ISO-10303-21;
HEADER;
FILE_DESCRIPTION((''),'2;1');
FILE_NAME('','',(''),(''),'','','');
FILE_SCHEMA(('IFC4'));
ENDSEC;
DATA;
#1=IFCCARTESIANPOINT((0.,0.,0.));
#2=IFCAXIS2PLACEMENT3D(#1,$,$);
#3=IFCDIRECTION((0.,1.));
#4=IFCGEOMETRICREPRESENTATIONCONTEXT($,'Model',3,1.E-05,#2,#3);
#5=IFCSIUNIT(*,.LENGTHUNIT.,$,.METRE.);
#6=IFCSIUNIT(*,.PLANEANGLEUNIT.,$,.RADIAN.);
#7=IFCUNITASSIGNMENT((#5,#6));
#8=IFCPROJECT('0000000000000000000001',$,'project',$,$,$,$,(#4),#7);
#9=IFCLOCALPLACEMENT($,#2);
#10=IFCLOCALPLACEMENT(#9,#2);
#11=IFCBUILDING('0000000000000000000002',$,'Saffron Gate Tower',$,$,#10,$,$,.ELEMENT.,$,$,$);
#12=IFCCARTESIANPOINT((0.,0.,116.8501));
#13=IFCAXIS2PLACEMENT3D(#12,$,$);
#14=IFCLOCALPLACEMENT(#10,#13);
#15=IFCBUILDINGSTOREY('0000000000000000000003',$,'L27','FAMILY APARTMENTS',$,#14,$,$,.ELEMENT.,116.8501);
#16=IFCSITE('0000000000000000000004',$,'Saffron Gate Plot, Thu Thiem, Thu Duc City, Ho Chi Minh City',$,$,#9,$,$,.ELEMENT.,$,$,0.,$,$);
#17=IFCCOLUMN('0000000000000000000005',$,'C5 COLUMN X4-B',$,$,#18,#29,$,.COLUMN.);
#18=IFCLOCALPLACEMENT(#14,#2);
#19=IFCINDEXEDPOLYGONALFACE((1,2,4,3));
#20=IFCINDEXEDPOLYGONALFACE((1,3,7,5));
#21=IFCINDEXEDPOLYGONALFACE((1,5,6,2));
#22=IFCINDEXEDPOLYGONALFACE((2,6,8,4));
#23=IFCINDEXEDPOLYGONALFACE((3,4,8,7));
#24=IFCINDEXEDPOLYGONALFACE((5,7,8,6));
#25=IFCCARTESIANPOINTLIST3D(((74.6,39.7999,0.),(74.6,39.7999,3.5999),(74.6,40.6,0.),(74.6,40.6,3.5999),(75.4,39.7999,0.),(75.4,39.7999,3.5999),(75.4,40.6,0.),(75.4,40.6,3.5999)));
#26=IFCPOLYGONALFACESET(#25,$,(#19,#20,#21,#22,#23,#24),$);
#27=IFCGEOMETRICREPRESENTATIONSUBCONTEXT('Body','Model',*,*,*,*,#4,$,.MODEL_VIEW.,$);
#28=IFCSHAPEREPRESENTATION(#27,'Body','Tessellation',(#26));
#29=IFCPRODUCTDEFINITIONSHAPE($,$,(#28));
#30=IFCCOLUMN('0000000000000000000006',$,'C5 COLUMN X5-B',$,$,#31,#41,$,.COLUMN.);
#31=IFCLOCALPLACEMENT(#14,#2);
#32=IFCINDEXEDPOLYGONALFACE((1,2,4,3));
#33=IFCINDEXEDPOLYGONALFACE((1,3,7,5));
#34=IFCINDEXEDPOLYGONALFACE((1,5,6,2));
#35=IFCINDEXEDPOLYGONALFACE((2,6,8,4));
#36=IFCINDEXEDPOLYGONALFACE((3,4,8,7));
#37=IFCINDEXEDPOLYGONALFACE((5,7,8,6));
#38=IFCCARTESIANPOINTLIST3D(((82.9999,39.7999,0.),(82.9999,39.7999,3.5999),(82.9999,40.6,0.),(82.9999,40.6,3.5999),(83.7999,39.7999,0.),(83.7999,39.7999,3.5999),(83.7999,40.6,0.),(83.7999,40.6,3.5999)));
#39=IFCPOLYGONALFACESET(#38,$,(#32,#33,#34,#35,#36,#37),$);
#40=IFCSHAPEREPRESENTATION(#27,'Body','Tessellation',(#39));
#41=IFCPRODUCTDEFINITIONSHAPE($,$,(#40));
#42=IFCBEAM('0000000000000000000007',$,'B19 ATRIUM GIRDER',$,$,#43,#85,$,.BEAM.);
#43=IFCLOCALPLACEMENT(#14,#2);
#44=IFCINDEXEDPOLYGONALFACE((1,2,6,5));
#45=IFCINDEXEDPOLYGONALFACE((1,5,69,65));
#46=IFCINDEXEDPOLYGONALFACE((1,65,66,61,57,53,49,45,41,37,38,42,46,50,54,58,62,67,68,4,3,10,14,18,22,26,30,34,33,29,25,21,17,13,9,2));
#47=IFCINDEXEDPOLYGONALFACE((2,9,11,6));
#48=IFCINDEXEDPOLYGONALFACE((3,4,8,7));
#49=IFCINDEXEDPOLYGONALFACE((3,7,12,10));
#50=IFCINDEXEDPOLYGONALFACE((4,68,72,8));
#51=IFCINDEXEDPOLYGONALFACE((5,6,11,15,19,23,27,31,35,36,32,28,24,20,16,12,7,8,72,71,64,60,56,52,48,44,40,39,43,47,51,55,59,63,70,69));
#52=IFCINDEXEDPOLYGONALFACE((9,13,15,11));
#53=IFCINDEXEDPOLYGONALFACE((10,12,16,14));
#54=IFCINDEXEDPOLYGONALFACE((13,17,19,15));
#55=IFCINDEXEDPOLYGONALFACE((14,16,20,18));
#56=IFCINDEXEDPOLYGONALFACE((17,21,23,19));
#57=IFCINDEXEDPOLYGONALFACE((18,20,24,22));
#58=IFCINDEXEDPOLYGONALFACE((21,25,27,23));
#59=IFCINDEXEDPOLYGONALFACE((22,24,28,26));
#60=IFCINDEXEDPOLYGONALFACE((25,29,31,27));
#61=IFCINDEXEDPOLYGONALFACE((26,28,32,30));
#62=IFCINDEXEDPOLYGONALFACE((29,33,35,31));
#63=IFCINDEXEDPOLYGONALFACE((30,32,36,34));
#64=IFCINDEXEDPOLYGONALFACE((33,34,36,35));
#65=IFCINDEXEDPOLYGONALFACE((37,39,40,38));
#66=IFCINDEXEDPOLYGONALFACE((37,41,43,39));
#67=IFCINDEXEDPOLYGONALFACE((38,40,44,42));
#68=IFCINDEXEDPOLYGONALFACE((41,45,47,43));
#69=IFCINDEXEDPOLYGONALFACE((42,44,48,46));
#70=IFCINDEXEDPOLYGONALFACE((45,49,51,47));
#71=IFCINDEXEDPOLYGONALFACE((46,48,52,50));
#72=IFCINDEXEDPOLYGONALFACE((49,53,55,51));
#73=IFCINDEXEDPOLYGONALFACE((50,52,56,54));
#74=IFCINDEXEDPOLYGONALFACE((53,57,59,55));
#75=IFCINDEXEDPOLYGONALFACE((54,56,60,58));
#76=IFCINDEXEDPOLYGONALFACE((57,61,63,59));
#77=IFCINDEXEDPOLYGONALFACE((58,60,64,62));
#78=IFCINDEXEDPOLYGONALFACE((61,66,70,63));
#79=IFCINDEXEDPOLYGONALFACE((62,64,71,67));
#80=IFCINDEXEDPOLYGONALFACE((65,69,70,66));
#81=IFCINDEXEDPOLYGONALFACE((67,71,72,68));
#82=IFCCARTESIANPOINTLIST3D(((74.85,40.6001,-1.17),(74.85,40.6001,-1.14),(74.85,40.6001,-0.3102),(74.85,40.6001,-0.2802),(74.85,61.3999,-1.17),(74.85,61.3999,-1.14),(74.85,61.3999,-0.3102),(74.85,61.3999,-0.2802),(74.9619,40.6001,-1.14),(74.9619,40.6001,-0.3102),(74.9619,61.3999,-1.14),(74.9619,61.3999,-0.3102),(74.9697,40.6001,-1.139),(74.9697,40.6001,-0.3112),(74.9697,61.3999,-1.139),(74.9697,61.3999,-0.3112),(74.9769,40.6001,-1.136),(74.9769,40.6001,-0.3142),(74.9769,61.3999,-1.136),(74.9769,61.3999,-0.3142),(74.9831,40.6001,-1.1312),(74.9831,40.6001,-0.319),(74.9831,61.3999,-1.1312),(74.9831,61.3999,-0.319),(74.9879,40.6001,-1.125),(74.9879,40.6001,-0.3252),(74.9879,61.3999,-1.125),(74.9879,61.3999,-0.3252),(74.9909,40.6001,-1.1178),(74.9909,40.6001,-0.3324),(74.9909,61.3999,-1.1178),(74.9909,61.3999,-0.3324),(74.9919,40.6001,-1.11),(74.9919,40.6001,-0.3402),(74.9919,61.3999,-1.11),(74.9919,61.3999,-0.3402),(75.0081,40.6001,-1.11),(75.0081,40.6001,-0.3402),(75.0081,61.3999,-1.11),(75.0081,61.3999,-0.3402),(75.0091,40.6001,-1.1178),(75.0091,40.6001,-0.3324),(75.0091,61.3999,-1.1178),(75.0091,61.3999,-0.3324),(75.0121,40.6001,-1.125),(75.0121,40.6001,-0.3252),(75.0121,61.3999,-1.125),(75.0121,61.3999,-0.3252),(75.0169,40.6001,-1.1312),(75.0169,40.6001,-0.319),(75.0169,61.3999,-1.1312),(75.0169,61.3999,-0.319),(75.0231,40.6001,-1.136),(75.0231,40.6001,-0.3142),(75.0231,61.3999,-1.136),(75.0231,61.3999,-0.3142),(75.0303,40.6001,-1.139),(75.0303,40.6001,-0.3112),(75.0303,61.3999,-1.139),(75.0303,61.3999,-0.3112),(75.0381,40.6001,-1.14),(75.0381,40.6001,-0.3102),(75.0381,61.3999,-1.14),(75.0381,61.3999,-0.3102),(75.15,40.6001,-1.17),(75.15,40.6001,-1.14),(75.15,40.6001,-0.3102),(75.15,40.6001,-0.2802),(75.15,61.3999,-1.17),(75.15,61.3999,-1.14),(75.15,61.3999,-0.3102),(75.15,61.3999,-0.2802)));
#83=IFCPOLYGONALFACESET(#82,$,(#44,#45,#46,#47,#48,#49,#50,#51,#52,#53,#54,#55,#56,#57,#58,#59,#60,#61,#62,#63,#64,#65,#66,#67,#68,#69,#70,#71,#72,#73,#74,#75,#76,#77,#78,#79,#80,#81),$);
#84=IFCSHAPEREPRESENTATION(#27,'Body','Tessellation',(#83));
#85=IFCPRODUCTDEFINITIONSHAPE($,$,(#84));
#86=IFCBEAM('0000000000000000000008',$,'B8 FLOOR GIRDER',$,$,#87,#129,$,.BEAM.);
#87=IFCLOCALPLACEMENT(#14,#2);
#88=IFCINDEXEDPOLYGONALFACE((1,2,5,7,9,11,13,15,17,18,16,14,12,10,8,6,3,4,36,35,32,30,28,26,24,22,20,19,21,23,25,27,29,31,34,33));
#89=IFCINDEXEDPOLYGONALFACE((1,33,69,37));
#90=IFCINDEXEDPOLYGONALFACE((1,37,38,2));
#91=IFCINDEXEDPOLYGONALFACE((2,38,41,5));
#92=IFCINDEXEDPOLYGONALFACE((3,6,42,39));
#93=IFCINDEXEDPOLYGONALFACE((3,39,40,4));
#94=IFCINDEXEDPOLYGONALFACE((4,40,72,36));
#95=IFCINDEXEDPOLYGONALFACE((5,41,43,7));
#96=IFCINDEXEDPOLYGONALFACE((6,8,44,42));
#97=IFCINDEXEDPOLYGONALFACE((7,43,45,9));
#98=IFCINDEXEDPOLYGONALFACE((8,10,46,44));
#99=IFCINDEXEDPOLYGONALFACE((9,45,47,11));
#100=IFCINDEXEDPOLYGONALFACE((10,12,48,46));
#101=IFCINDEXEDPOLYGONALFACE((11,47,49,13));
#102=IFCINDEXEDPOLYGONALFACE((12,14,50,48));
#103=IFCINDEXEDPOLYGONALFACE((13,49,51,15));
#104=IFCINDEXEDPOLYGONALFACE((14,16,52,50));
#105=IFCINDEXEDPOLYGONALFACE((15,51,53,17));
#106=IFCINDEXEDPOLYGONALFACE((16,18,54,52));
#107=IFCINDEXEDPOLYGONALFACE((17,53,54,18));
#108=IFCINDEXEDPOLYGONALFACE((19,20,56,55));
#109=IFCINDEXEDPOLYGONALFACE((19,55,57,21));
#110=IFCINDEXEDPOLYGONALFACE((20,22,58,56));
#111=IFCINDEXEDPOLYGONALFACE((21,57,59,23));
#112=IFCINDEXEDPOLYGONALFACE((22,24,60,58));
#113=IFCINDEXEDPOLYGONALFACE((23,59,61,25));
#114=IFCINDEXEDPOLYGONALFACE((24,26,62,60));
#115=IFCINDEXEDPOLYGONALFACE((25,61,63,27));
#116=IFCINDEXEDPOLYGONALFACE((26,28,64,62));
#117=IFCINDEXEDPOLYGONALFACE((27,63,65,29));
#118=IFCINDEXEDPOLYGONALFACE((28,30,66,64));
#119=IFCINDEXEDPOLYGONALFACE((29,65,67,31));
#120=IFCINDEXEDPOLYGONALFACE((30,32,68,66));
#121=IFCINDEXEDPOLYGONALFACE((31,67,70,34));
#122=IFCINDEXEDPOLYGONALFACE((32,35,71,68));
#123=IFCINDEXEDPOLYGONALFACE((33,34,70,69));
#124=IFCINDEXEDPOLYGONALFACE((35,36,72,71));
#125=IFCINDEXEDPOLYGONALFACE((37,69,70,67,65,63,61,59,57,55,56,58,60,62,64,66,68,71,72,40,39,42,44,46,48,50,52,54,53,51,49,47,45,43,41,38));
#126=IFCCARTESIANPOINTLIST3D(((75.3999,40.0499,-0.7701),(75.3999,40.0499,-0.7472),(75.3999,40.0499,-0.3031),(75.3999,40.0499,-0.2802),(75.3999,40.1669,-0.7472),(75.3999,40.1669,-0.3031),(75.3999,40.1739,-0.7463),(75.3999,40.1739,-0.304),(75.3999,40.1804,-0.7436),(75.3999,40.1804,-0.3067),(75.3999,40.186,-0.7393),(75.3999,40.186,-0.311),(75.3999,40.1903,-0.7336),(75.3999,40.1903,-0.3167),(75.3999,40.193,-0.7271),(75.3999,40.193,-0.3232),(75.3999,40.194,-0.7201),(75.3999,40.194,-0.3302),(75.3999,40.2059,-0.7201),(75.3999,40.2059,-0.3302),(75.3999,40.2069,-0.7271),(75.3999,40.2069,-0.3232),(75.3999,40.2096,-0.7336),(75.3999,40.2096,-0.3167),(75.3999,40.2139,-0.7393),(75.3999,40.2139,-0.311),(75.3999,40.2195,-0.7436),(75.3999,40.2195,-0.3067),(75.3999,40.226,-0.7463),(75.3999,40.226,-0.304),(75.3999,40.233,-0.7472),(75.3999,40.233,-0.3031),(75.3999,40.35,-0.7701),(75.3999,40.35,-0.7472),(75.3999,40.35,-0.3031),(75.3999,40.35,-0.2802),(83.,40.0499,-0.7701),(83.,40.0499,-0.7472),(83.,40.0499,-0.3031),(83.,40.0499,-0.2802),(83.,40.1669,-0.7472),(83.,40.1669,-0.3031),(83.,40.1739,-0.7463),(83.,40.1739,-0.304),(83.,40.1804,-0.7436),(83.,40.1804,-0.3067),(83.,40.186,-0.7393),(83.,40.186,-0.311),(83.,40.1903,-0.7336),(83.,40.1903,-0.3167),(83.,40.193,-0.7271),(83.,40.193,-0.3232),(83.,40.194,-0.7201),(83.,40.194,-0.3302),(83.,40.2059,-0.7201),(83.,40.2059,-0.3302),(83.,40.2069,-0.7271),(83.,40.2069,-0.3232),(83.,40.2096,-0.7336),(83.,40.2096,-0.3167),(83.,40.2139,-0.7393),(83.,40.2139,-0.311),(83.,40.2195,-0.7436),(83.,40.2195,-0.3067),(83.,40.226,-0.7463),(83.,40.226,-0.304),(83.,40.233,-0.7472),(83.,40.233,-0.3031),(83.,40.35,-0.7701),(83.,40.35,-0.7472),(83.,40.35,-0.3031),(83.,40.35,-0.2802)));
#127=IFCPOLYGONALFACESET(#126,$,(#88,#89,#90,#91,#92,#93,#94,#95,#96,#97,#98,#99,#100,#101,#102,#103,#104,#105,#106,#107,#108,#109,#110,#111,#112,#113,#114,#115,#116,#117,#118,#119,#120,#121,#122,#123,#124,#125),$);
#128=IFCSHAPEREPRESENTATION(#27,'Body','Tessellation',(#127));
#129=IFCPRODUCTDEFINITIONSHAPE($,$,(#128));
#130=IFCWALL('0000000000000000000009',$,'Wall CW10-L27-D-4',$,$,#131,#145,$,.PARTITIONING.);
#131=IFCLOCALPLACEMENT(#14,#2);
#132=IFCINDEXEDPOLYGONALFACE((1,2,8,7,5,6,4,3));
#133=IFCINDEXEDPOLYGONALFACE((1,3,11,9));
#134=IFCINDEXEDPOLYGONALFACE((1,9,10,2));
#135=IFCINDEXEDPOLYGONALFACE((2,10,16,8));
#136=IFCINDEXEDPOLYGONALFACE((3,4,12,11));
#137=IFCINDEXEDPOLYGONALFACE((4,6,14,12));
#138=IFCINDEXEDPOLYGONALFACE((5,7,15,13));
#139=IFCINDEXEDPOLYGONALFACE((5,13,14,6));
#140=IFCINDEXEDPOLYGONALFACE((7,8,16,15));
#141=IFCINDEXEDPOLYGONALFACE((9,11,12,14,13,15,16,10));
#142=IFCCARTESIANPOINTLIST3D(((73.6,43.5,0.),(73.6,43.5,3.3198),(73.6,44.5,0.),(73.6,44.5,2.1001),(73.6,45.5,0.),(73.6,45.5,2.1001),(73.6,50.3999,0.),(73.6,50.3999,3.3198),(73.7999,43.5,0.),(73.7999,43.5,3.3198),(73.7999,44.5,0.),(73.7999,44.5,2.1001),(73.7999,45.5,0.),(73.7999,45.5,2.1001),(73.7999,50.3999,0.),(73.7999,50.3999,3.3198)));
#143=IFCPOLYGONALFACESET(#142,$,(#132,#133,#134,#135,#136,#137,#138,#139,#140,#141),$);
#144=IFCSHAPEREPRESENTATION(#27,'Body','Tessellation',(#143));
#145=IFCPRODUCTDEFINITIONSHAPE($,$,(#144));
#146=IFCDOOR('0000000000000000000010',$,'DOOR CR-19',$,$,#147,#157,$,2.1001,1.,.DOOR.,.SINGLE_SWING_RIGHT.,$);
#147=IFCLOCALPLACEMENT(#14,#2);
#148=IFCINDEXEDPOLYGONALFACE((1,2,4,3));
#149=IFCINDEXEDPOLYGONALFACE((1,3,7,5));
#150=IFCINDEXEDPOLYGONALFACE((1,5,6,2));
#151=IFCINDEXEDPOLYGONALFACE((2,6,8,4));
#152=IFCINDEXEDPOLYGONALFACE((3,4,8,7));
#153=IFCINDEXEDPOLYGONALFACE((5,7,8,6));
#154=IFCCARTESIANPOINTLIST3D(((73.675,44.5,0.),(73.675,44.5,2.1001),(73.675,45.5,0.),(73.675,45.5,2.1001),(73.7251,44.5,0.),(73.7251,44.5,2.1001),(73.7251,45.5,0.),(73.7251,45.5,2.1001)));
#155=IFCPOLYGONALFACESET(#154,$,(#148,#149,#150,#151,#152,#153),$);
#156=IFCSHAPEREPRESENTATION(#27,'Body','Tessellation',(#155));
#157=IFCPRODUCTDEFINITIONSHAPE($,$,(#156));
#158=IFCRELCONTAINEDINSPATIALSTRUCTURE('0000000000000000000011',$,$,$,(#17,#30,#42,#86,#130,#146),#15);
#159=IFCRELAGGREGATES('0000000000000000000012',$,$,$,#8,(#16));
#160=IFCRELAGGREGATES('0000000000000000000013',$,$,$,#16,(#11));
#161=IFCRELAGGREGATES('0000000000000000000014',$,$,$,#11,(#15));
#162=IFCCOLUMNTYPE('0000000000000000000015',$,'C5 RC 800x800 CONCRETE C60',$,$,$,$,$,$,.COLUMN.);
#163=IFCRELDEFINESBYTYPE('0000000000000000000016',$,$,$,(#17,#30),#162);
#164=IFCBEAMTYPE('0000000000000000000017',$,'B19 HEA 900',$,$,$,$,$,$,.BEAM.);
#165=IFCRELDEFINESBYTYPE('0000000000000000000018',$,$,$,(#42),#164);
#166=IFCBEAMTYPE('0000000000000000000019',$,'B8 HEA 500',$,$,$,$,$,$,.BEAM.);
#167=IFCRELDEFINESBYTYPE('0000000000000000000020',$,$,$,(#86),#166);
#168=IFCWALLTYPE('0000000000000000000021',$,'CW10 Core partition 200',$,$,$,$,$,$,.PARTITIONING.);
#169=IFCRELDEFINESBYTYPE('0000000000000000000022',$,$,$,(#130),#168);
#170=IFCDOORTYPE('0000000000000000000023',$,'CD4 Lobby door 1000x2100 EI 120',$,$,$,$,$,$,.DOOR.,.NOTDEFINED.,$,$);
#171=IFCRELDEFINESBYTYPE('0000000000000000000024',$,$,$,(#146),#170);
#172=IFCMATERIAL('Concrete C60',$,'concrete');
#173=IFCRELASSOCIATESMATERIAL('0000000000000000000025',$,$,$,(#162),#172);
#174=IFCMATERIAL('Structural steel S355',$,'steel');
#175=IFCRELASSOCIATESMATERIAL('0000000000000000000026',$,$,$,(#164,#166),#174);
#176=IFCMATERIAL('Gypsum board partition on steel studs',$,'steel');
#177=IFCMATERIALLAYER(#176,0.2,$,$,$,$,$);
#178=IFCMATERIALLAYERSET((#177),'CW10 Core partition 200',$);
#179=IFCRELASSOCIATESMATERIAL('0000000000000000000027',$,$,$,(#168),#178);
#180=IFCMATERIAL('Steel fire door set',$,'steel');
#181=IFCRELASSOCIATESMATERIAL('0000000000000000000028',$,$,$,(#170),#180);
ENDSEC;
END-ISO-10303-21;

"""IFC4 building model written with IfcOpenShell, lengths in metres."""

from ifc_helpers import new_model, si_unit, direction, frame, frame_2d, origin, origin_2d, place, context, subcontext, project, spatial, rectangle, i_section, extrude, material, layer, layer_set, material_profile, profile_set, type_object, element, fill, save


model = new_model("IFC4")

# Units and contexts
model_context = context("Model", 3, precision=1e-05, world=origin(), true_north=direction((0.0, 1.0)))
body_context = subcontext(model_context, "Body", "Model", "MODEL_VIEW")
ifc_project = project(units=[si_unit("LENGTHUNIT", "METRE"), si_unit("PLANEANGLEUNIT", "RADIAN")], contexts=[model_context])

# Site, building, storey
site_placement = place(None, origin())
site = spatial("IfcSite", under=ifc_project, at=site_placement, Name="Saffron Gate Plot, Thu Thiem, Thu Duc City, Ho Chi Minh City", CompositionType="ELEMENT", RefElevation=0.0)
building_placement = place(site_placement, origin())
building = spatial("IfcBuilding", under=site, at=building_placement, Name="Saffron Gate Tower", CompositionType="ELEMENT")
storey_placement = place(building_placement, frame((0.0, 0.0, 116.8501)))
storey = spatial("IfcBuildingStorey", under=building, at=storey_placement, Name="L27", Description="FAMILY APARTMENTS", CompositionType="ELEMENT", Elevation=116.8501)

# Columns
ifc_material_1 = material(Name="Concrete C60", Category="concrete")
ifc_material_profile_1 = material_profile(ifc_material_1, rectangle(XDim=0.8, YDim=0.8, at=origin_2d()))
ifc_profile_set_1 = profile_set([ifc_material_profile_1], Name="Concrete C60")
column_type = type_object("IfcColumnType", Name="C5 RC 800x800 CONCRETE C60", PredefinedType="COLUMN", material=ifc_profile_set_1)
for number, where, z_axis, x_axis, name in (
    (1, (75.0, 40.2, 0.0), (0.0, 0.0, 1.0), (1.0, 0.0, 0.0), "C5 COLUMN X4-B"),
    (2, (83.3999, 40.2, 0.0), (0.0, 0.0, 1.0), (1.0, 0.0, 0.0), "C5 COLUMN X5-B"),
):
    element("IfcColumn", number, at=place(storey_placement, frame(where, z_axis=z_axis, x_axis=x_axis)), inside=storey, type_object=column_type, Name=name, PredefinedType="COLUMN", context=body_context, shape_type="SweptSolid", body=[
        extrude(rectangle(XDim=0.8, YDim=0.8, at=origin_2d()), origin(), (0.0, 0.0, 1.0), 3.5999),
    ])

# Beams
ifc_material_2 = material(Name="Structural steel S355", Category="steel")
ifc_material_profile_2 = material_profile(ifc_material_2, i_section(OverallWidth=0.3, OverallDepth=0.8899, WebThickness=0.0161, FlangeThickness=0.03, FilletRadius=0.03, at=origin_2d()))
ifc_profile_set_2 = profile_set([ifc_material_profile_2], Name="Structural steel S355")
beam_type_1 = type_object("IfcBeamType", Name="B19 HEA 900", PredefinedType="BEAM", material=ifc_profile_set_2)
beam_1_placement = place(storey_placement, frame((75.0, 40.6001, -0.7251), z_axis=(0.0, 1.0, 0.0), x_axis=(-1.0, 0.0, 0.0)))
element("IfcBeam", 3, at=beam_1_placement, inside=storey, type_object=beam_type_1, Name="B19 ATRIUM GIRDER", PredefinedType="BEAM", context=body_context, shape_type="SweptSolid", body=[
    extrude(i_section(OverallWidth=0.3, OverallDepth=0.8899, WebThickness=0.0161, FlangeThickness=0.03, FilletRadius=0.03, at=origin_2d()), origin(), (0.0, 0.0, 1.0), 20.7998),
])
ifc_material_profile_3 = material_profile(ifc_material_2, i_section(OverallWidth=0.3, OverallDepth=0.49, WebThickness=0.012, FlangeThickness=0.0229, FilletRadius=0.0271, at=origin_2d()))
ifc_profile_set_3 = profile_set([ifc_material_profile_3], Name="Structural steel S355")
beam_type_2 = type_object("IfcBeamType", Name="B8 HEA 500", PredefinedType="BEAM", material=ifc_profile_set_3)
beam_2_placement = place(storey_placement, frame((75.3999, 40.2, -0.5251), z_axis=(1.0, 0.0, 0.0), x_axis=(0.0, 1.0, 0.0)))
element("IfcBeam", 4, at=beam_2_placement, inside=storey, type_object=beam_type_2, Name="B8 FLOOR GIRDER", PredefinedType="BEAM", context=body_context, shape_type="SweptSolid", body=[
    extrude(i_section(OverallWidth=0.3, OverallDepth=0.49, WebThickness=0.012, FlangeThickness=0.0229, FilletRadius=0.0271, at=origin_2d()), origin(), (0.0, 0.0, 1.0), 7.6001),
])

# Wall, opening, door
ifc_material_3 = material(Name="Gypsum board partition on steel studs", Category="steel")
ifc_layer_1 = layer(ifc_material_3, 0.2)
ifc_layer_set_1 = layer_set([ifc_layer_1], Name="CW10 Core partition 200")
wall_type_1 = type_object("IfcWallType", Name="CW10 Core partition 200", PredefinedType="PARTITIONING", material=ifc_layer_set_1)
wall_1_placement = place(storey_placement, frame((73.7, 43.5, 0.0), z_axis=(0.0, 0.0, 1.0), x_axis=(0.0, 1.0, 0.0)))
wall_1 = element("IfcWall", 5, at=wall_1_placement, inside=storey, type_object=wall_type_1, Name="Wall CW10-L27-D-4", PredefinedType="PARTITIONING", context=body_context, shape_type="SweptSolid", body=[
    extrude(rectangle(XDim=6.8999, YDim=0.2, at=frame_2d((3.45, 0.0))), origin(), (0.0, 0.0, 1.0), 3.3198),
])
opening_1_placement = place(wall_1_placement, frame((1.0, 0.0, 0.0)))
opening_1 = element("IfcOpeningElement", 6, at=opening_1_placement, cuts=wall_1, PredefinedType="OPENING", context=body_context, shape_type="SweptSolid", body=[
    extrude(rectangle(XDim=1.0, YDim=2.1001, at=frame_2d((0.5, 1.05))), frame((0.0, 0.1099, 0.0), z_axis=(0.0, -1.0, 0.0), x_axis=(1.0, 0.0, 0.0)), (0.0, 0.0, 1.0), 0.22),
])
ifc_material_4 = material(Name="Steel fire door set", Category="steel")
door_type_1 = type_object("IfcDoorType", Name="CD4 Lobby door 1000x2100 EI 120", OperationType="NOTDEFINED", PredefinedType="DOOR", material=ifc_material_4)
door_1_placement = place(opening_1_placement, origin())
door_1 = element("IfcDoor", 7, at=door_1_placement, inside=storey, type_object=door_type_1, Name="DOOR CR-19", OperationType="SINGLE_SWING_RIGHT", OverallHeight=2.1001, OverallWidth=1.0, PredefinedType="DOOR", context=body_context, shape_type="SweptSolid", body=[
    extrude(rectangle(XDim=1.0, YDim=2.1001, at=frame_2d((0.5, 1.05))), frame((0.0, 0.0249, 0.0), z_axis=(0.0, -1.0, 0.0), x_axis=(1.0, 0.0, 0.0)), (0.0, 0.0, 1.0), 0.05),
])
fill(opening_1, door_1)

save(model, "model.ifc")
